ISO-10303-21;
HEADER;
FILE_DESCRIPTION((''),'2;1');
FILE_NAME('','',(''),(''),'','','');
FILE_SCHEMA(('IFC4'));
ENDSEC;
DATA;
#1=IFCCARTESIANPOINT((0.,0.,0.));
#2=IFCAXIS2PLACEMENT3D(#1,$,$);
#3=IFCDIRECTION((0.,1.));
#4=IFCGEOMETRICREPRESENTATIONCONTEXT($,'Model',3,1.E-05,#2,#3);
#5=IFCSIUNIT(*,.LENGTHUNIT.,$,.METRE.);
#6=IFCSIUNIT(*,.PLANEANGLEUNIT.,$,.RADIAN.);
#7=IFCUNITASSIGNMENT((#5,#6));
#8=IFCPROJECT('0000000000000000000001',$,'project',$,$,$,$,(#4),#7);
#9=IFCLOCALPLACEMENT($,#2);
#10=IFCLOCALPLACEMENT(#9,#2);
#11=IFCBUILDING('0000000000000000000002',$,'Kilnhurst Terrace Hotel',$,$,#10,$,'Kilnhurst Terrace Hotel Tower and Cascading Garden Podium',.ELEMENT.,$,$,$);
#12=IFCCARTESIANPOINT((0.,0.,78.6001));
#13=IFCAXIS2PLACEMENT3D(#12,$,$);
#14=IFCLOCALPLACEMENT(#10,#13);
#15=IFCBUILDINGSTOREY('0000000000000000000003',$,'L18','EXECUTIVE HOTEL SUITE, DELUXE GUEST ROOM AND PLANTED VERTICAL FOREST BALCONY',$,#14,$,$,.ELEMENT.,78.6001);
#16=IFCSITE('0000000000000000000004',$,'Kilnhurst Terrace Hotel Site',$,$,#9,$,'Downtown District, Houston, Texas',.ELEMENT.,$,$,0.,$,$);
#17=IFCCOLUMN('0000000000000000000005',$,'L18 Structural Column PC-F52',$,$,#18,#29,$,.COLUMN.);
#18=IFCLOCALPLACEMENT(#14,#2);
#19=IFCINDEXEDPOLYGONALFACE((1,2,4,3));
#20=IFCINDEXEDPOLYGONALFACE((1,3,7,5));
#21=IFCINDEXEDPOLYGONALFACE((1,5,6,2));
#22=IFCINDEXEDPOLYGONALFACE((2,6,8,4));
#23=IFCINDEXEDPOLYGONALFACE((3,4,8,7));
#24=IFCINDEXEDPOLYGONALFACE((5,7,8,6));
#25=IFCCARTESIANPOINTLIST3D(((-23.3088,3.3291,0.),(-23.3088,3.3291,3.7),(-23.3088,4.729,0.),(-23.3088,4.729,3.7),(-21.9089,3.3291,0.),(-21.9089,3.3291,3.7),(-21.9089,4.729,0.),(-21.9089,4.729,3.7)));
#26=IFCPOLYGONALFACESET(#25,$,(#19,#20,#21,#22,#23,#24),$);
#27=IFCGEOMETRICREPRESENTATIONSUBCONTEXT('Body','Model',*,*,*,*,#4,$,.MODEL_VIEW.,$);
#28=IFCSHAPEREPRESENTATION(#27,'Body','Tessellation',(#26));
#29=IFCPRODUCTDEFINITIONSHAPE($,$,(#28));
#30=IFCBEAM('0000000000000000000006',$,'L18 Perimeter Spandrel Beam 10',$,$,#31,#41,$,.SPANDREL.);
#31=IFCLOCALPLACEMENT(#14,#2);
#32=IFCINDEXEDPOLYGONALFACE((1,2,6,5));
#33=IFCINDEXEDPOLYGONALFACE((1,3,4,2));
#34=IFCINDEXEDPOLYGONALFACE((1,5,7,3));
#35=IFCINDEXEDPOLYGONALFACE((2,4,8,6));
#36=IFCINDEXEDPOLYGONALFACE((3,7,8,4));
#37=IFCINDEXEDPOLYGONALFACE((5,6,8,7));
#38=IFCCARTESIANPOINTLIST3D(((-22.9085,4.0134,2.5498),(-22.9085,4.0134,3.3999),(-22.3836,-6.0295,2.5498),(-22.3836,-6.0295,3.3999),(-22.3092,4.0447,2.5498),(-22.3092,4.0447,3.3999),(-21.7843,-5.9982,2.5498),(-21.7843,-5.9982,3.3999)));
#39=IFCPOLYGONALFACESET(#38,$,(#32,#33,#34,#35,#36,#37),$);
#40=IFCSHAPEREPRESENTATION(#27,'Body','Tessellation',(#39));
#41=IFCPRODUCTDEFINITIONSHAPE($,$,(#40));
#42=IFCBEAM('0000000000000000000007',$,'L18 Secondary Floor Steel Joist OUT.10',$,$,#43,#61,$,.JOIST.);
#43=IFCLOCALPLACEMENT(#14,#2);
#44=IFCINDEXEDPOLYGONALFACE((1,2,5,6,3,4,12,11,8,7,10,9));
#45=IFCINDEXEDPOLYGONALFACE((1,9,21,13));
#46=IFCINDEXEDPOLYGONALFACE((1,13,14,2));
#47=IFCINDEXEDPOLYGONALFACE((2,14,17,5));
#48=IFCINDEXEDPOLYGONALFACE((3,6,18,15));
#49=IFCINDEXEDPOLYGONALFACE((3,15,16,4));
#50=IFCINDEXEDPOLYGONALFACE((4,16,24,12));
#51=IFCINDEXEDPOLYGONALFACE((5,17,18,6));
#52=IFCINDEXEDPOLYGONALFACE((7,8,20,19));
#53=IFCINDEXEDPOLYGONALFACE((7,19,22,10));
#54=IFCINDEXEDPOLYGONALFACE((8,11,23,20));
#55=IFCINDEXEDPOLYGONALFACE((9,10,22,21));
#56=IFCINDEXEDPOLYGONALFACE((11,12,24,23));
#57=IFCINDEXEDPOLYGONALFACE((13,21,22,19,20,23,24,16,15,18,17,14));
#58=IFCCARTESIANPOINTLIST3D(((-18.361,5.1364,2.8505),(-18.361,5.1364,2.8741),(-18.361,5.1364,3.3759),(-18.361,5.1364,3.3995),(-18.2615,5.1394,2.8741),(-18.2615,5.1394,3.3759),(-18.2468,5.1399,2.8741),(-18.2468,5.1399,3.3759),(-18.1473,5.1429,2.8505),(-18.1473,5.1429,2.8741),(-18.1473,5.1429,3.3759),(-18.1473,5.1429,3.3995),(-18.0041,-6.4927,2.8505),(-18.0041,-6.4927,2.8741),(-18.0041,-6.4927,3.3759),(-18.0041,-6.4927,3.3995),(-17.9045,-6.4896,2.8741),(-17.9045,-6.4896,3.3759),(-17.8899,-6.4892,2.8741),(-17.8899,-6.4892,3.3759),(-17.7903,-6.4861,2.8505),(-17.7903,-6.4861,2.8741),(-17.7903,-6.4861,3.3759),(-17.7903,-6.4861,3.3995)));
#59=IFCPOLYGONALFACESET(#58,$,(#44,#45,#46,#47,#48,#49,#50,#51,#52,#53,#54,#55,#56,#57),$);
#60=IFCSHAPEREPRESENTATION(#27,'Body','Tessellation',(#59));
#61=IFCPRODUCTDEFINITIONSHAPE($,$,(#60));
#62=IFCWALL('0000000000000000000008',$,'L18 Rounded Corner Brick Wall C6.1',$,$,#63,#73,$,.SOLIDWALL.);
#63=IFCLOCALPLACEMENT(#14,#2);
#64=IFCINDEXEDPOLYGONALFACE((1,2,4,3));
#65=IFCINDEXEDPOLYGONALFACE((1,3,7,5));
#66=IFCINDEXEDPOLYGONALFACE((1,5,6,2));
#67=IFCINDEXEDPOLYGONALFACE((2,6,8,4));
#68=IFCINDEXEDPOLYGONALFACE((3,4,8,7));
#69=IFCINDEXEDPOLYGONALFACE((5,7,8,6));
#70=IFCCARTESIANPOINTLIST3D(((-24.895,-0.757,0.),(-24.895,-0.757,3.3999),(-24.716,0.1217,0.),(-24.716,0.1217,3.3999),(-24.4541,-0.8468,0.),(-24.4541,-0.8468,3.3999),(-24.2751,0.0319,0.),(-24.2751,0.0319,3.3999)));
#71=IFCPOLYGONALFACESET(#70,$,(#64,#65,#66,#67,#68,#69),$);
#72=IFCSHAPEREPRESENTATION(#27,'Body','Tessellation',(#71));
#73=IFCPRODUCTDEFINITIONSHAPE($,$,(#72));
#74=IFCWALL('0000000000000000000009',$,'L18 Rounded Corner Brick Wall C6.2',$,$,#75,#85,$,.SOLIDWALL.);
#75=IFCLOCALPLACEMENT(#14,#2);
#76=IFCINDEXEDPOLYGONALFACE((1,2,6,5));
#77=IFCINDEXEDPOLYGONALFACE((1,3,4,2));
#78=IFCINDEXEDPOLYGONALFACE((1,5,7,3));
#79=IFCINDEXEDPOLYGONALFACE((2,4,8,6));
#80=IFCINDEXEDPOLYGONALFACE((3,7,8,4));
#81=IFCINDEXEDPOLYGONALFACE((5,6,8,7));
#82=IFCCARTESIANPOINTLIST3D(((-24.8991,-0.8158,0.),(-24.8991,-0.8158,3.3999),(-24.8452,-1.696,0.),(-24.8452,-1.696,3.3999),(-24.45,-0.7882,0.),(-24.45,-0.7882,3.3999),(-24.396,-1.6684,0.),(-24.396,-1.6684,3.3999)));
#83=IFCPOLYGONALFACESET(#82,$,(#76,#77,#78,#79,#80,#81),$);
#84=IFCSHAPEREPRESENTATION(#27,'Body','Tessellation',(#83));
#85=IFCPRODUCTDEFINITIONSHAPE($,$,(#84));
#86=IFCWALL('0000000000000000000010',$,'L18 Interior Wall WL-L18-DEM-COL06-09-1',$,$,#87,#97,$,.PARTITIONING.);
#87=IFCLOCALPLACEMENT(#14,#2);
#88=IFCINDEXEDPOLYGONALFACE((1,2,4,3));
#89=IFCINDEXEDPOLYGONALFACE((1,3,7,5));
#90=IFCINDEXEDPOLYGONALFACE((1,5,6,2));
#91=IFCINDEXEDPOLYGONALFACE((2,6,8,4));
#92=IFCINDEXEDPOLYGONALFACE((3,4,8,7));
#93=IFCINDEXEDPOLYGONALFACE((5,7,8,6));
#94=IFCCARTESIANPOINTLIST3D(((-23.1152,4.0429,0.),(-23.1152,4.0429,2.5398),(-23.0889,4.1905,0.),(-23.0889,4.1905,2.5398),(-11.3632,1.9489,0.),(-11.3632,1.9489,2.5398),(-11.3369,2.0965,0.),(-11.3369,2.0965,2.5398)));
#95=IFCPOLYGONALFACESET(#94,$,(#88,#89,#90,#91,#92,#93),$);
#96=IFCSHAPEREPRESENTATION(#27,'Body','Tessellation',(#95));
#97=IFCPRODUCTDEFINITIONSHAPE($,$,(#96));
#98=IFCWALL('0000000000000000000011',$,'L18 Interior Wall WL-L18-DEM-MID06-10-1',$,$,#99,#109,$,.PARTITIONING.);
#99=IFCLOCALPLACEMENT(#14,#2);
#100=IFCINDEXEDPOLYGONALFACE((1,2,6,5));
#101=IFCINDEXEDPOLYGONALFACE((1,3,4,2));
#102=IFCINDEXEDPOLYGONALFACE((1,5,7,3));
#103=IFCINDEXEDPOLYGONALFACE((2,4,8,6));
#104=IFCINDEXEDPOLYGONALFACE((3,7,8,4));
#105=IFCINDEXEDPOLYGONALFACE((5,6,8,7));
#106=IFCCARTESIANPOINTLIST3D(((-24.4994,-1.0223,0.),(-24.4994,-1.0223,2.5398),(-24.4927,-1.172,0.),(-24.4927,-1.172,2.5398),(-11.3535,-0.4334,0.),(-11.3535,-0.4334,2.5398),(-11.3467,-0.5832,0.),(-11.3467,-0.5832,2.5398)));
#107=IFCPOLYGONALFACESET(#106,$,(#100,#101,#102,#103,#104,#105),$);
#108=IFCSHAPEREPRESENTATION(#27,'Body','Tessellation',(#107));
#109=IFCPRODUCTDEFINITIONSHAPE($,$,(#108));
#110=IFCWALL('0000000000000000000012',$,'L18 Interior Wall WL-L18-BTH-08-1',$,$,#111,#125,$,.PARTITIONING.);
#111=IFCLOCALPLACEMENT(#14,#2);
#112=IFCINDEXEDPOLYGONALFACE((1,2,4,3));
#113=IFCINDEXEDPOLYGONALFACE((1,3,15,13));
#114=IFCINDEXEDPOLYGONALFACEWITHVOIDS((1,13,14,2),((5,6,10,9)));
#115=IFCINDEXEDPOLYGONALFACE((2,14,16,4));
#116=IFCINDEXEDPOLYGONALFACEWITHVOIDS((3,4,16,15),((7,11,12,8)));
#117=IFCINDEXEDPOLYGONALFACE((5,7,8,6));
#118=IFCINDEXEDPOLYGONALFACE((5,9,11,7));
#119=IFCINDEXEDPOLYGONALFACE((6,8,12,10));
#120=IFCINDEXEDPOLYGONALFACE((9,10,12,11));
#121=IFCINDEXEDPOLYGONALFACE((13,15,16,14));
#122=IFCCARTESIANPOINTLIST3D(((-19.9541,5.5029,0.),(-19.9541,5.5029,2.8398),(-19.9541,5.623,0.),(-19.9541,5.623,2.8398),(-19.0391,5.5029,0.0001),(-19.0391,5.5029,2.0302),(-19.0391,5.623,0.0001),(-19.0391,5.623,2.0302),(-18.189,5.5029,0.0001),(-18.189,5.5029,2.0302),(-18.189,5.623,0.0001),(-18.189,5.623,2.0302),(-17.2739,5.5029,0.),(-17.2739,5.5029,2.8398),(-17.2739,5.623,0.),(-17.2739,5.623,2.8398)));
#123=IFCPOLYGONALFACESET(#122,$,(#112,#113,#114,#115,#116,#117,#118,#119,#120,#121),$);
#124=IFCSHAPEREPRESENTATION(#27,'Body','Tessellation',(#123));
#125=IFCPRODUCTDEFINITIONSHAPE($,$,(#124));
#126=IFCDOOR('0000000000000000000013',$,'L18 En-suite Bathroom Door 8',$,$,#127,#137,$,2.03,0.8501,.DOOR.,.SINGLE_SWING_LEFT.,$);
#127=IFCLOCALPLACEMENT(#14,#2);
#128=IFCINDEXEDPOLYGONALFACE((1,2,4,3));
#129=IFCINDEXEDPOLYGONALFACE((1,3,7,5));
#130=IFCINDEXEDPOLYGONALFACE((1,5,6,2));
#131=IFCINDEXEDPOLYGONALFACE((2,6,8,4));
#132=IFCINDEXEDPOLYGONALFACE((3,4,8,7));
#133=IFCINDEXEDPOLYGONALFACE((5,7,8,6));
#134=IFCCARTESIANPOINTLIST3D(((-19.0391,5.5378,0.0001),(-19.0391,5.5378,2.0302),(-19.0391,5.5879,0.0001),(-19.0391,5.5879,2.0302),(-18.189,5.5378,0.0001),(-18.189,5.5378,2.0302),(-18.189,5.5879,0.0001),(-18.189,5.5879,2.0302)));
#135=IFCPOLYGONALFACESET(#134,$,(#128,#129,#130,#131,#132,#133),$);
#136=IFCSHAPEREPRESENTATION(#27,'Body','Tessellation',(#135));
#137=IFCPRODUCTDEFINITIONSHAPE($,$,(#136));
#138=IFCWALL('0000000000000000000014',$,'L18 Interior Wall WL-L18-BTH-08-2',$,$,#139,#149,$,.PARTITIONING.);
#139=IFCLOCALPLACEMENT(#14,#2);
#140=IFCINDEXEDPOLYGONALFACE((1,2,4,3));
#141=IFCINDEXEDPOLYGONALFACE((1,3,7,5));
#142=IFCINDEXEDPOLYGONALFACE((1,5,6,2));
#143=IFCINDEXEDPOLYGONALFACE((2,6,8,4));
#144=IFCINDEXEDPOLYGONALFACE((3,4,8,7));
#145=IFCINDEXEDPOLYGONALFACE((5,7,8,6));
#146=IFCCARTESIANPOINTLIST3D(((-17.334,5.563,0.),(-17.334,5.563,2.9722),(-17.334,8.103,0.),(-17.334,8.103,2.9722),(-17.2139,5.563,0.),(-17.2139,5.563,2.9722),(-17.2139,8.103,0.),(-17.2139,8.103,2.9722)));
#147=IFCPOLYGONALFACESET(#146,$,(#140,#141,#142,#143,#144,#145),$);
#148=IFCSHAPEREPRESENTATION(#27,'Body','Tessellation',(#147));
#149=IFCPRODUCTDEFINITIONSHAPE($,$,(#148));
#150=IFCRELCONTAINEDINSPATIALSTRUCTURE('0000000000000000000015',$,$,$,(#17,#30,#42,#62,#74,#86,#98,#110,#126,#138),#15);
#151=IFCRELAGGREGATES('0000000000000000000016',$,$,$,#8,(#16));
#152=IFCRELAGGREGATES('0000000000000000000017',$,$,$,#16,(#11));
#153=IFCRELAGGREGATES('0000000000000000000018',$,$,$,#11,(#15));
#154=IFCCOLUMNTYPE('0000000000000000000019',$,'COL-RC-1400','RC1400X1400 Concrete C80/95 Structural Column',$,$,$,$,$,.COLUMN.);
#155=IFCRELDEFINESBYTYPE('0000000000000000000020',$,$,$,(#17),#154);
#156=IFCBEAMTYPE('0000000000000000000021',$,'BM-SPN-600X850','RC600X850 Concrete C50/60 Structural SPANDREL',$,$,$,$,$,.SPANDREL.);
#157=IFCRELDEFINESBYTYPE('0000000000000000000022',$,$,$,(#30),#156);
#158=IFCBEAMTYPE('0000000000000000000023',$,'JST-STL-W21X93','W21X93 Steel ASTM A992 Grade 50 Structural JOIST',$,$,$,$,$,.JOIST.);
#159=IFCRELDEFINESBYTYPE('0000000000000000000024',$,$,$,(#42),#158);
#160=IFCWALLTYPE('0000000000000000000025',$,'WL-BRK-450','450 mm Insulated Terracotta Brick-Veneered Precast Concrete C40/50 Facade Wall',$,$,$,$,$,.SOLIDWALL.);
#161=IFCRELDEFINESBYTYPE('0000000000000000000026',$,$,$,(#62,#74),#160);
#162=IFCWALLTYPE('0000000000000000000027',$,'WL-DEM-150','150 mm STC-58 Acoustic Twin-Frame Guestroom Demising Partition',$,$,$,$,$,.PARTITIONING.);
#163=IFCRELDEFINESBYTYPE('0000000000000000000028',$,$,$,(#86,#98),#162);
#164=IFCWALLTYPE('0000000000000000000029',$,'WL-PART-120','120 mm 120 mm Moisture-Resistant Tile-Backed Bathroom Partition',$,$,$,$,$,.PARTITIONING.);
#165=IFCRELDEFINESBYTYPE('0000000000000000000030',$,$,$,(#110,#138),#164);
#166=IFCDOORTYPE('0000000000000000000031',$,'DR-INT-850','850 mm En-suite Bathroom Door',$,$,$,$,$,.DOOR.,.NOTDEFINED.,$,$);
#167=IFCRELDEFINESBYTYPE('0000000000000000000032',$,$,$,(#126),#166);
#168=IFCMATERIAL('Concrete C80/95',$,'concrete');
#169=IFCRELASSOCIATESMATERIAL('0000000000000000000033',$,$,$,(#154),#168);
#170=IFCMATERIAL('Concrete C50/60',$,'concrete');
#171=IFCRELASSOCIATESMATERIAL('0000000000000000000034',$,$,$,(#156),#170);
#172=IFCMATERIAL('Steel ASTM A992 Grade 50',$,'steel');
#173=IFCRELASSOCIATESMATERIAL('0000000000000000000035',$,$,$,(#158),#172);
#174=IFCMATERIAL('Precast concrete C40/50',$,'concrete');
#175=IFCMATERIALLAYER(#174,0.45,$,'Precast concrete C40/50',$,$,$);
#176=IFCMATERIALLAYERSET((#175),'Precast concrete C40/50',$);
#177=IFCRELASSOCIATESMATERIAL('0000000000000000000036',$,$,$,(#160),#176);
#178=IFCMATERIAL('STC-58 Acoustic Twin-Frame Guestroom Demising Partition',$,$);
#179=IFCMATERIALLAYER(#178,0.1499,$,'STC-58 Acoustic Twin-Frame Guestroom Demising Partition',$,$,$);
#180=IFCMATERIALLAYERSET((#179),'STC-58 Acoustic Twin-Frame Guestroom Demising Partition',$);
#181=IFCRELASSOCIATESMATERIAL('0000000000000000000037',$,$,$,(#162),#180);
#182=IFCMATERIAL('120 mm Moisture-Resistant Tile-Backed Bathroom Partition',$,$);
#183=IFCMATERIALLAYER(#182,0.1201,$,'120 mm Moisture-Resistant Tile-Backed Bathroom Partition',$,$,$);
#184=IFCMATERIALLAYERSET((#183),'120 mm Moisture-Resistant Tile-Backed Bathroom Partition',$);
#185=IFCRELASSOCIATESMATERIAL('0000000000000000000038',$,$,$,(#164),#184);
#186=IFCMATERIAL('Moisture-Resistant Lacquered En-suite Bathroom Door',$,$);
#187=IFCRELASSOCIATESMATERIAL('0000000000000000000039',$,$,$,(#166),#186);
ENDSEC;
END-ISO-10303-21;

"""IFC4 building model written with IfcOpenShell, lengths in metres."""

from ifc_helpers import new_model, si_unit, direction, frame, frame_2d, origin, origin_2d, place, context, subcontext, project, spatial, rectangle, i_section, extrude, material, layer, layer_set, material_profile, profile_set, type_object, element, fill, save


model = new_model("IFC4")

# Units and contexts
model_context = context("Model", 3, precision=1e-05, world=origin(), true_north=direction((0.0, 1.0)))
body_context = subcontext(model_context, "Body", "Model", "MODEL_VIEW")
ifc_project = project(units=[si_unit("LENGTHUNIT", "METRE"), si_unit("PLANEANGLEUNIT", "RADIAN")], contexts=[model_context])

# Site, building, storey
site_placement = place(None, origin())
site = spatial("IfcSite", under=ifc_project, at=site_placement, Name="Kilnhurst Terrace Hotel Site", LongName="Downtown District, Houston, Texas", CompositionType="ELEMENT", RefElevation=0.0)
building_placement = place(site_placement, origin())
building = spatial("IfcBuilding", under=site, at=building_placement, Name="Kilnhurst Terrace Hotel", LongName="Kilnhurst Terrace Hotel Tower and Cascading Garden Podium", CompositionType="ELEMENT")
storey_placement = place(building_placement, frame((0.0, 0.0, 78.6001)))
storey = spatial("IfcBuildingStorey", under=building, at=storey_placement, Name="L18", Description="EXECUTIVE HOTEL SUITE, DELUXE GUEST ROOM AND PLANTED VERTICAL FOREST BALCONY", CompositionType="ELEMENT", Elevation=78.6001)

# Column
ifc_material_1 = material(Name="Concrete C80/95", Category="concrete")
ifc_material_profile_1 = material_profile(ifc_material_1, rectangle(XDim=1.3999, YDim=1.3999, at=origin_2d()), Name="RC1400X1400")
ifc_profile_set_1 = profile_set([ifc_material_profile_1], Name="Concrete C80/95")
column_type = type_object("IfcColumnType", Name="COL-RC-1400", Description="RC1400X1400 Concrete C80/95 Structural Column", PredefinedType="COLUMN", material=ifc_profile_set_1)
column_placement = place(storey_placement, frame((-22.6089, 4.0291, 0.0), z_axis=(0.0, 0.0, 1.0), x_axis=(1.0, 0.0, 0.0)))
element("IfcColumn", 1, at=column_placement, inside=storey, type_object=column_type, Name="L18 Structural Column PC-F52", PredefinedType="COLUMN", context=body_context, shape_type="SweptSolid", body=[
    extrude(rectangle(XDim=1.3999, YDim=1.3999, at=origin_2d()), origin(), (0.0, 0.0, 1.0), 3.7),
])

# Beams
ifc_material_2 = material(Name="Concrete C50/60", Category="concrete")
ifc_material_profile_2 = material_profile(ifc_material_2, rectangle(XDim=0.6001, YDim=0.8501, at=origin_2d()), Name="RC600X850")
ifc_profile_set_2 = profile_set([ifc_material_profile_2], Name="Concrete C50/60")
beam_type_1 = type_object("IfcBeamType", Name="BM-SPN-600X850", Description="RC600X850 Concrete C50/60 Structural SPANDREL", PredefinedType="SPANDREL", material=ifc_profile_set_2)
beam_1_placement = place(storey_placement, frame((-22.6089, 4.0291, 2.9749), z_axis=(0.052194, -0.998637, 0.0), x_axis=(0.998637, 0.052194, 0.0)))
element("IfcBeam", 2, at=beam_1_placement, inside=storey, type_object=beam_type_1, Name="L18 Perimeter Spandrel Beam 10", PredefinedType="SPANDREL", context=body_context, shape_type="SweptSolid", body=[
    extrude(rectangle(XDim=0.6001, YDim=0.8501, at=origin_2d()), origin(), (0.0, 0.0, 1.0), 10.0566),
])
ifc_material_3 = material(Name="Steel ASTM A992 Grade 50", Category="steel")
ifc_material_profile_3 = material_profile(ifc_material_3, i_section(OverallWidth=0.2139, OverallDepth=0.5491, WebThickness=0.0146, FlangeThickness=0.0237, at=origin_2d()), Name="W21X93")
ifc_profile_set_3 = profile_set([ifc_material_profile_3], Name="Steel ASTM A992 Grade 50")
beam_type_2 = type_object("IfcBeamType", Name="JST-STL-W21X93", Description="W21X93 Steel ASTM A992 Grade 50 Structural JOIST", PredefinedType="JOIST", material=ifc_profile_set_3)
beam_2_placement = place(storey_placement, frame((-18.2542, 5.1396, 3.125), z_axis=(0.030679, -0.999529, 0.0), x_axis=(0.999529, 0.030679, 0.0)))
element("IfcBeam", 3, at=beam_2_placement, inside=storey, type_object=beam_type_2, Name="L18 Secondary Floor Steel Joist OUT.10", PredefinedType="JOIST", context=body_context, shape_type="SweptSolid", body=[
    extrude(i_section(OverallWidth=0.2139, OverallDepth=0.5491, WebThickness=0.0146, FlangeThickness=0.0237, at=origin_2d()), origin(), (0.0, 0.0, 1.0), 11.6345),
])

# Walls
ifc_material_4 = material(Name="Precast concrete C40/50", Category="concrete")
ifc_layer_1 = layer(ifc_material_4, 0.45, Name="Precast concrete C40/50")
ifc_layer_set_1 = layer_set([ifc_layer_1], Name="Precast concrete C40/50")
wall_type_1 = type_object("IfcWallType", Name="WL-BRK-450", Description="450 mm Insulated Terracotta Brick-Veneered Precast Concrete C40/50 Facade Wall", PredefinedType="SOLIDWALL", material=ifc_layer_set_1)
wall_1_placement = place(storey_placement, frame((-24.4956, 0.0767, 0.0), z_axis=(0.0, 0.0, 1.0), x_axis=(-0.199571, -0.979883, 0.0)))
element("IfcWall", 4, at=wall_1_placement, inside=storey, type_object=wall_type_1, Name="L18 Rounded Corner Brick Wall C6.1", PredefinedType="SOLIDWALL", context=body_context, shape_type="SweptSolid", body=[
    extrude(rectangle(XDim=0.8967, YDim=0.45, at=frame_2d((0.4482, 0.0))), origin(), (0.0, 0.0, 1.0), 3.3999),
])
wall_2_placement = place(storey_placement, frame((-24.6746, -0.802, 0.0), z_axis=(0.0, 0.0, 1.0), x_axis=(0.061189, -0.998126, 0.0)))
element("IfcWall", 5, at=wall_2_placement, inside=storey, type_object=wall_type_1, Name="L18 Rounded Corner Brick Wall C6.2", PredefinedType="SOLIDWALL", context=body_context, shape_type="SweptSolid", body=[
    extrude(rectangle(XDim=0.8818, YDim=0.45, at=frame_2d((0.4409, 0.0))), origin(), (0.0, 0.0, 1.0), 3.3999),
])
ifc_material_5 = material(Name="STC-58 Acoustic Twin-Frame Guestroom Demising Partition")
ifc_layer_2 = layer(ifc_material_5, 0.1499, Name="STC-58 Acoustic Twin-Frame Guestroom Demising Partition")
ifc_layer_set_2 = layer_set([ifc_layer_2], Name="STC-58 Acoustic Twin-Frame Guestroom Demising Partition")
wall_type_2 = type_object("IfcWallType", Name="WL-DEM-150", Description="150 mm STC-58 Acoustic Twin-Frame Guestroom Demising Partition", PredefinedType="PARTITIONING", material=ifc_layer_set_2)
wall_3_placement = place(storey_placement, frame((-11.3501, 2.0227, 0.0), z_axis=(0.0, 0.0, 1.0), x_axis=(-0.984494, 0.17542, 0.0)))
element("IfcWall", 6, at=wall_3_placement, inside=storey, type_object=wall_type_2, Name="L18 Interior Wall WL-L18-DEM-COL06-09-1", PredefinedType="PARTITIONING", context=body_context, shape_type="SweptSolid", body=[
    extrude(rectangle(XDim=11.937, YDim=0.1499, at=frame_2d((5.9685, 0.0))), origin(), (0.0, 0.0, 1.0), 2.5398),
])
wall_4_placement = place(storey_placement, frame((-11.3501, -0.5083, 0.0), z_axis=(0.0, 0.0, 1.0), x_axis=(-0.998998, -0.04475, 0.0)))
element("IfcWall", 7, at=wall_4_placement, inside=storey, type_object=wall_type_2, Name="L18 Interior Wall WL-L18-DEM-MID06-10-1", PredefinedType="PARTITIONING", context=body_context, shape_type="SweptSolid", body=[
    extrude(rectangle(XDim=13.1592, YDim=0.1499, at=frame_2d((6.5796, 0.0))), origin(), (0.0, 0.0, 1.0), 2.5398),
])

# Wall, opening, door
ifc_material_6 = material(Name="120 mm Moisture-Resistant Tile-Backed Bathroom Partition")
ifc_layer_3 = layer(ifc_material_6, 0.1201, Name="120 mm Moisture-Resistant Tile-Backed Bathroom Partition")
ifc_layer_set_3 = layer_set([ifc_layer_3], Name="120 mm Moisture-Resistant Tile-Backed Bathroom Partition")
wall_type_3 = type_object("IfcWallType", Name="WL-PART-120", Description="120 mm 120 mm Moisture-Resistant Tile-Backed Bathroom Partition", PredefinedType="PARTITIONING", material=ifc_layer_set_3)
wall_5_placement = place(storey_placement, frame((-19.9541, 5.563, 0.0), z_axis=(0.0, 0.0, 1.0), x_axis=(1.0, 0.0, 0.0)))
wall_5 = element("IfcWall", 8, at=wall_5_placement, inside=storey, type_object=wall_type_3, Name="L18 Interior Wall WL-L18-BTH-08-1", PredefinedType="PARTITIONING", context=body_context, shape_type="SweptSolid", body=[
    extrude(rectangle(XDim=2.6802, YDim=0.1201, at=frame_2d((1.3401, 0.0))), origin(), (0.0, 0.0, 1.0), 2.8398),
])
opening_1_placement = place(wall_5_placement, frame((0.915, 0.0, 0.0)))
opening_1 = element("IfcOpeningElement", 9, at=opening_1_placement, cuts=wall_5, PredefinedType="OPENING", context=body_context, shape_type="SweptSolid", body=[
    extrude(rectangle(XDim=0.8501, YDim=2.03, at=frame_2d((0.425, 1.0151))), frame((0.0, 0.0701, 0.0), z_axis=(0.0, -1.0, 0.0), x_axis=(1.0, 0.0, 0.0)), (0.0, 0.0, 1.0), 0.1401),
])
ifc_material_7 = material(Name="Moisture-Resistant Lacquered En-suite Bathroom Door")
door_type = type_object("IfcDoorType", Name="DR-INT-850", Description="850 mm En-suite Bathroom Door", OperationType="NOTDEFINED", PredefinedType="DOOR", material=ifc_material_7)
door_1_placement = place(opening_1_placement, origin())
door_1 = element("IfcDoor", 10, at=door_1_placement, inside=storey, type_object=door_type, Name="L18 En-suite Bathroom Door 8", OperationType="SINGLE_SWING_LEFT", OverallHeight=2.03, OverallWidth=0.8501, PredefinedType="DOOR", context=body_context, shape_type="SweptSolid", body=[
    extrude(rectangle(XDim=0.8501, YDim=2.03, at=frame_2d((0.425, 1.0151))), frame((0.0, 0.0249, 0.0), z_axis=(0.0, -1.0, 0.0), x_axis=(1.0, 0.0, 0.0)), (0.0, 0.0, 1.0), 0.05),
])
fill(opening_1, door_1)

# Wall
wall_6_placement = place(storey_placement, frame((-17.2739, 5.563, 0.0), z_axis=(0.0, 0.0, 1.0), x_axis=(0.0, 1.0, 0.0)))
element("IfcWall", 11, at=wall_6_placement, inside=storey, type_object=wall_type_3, Name="L18 Interior Wall WL-L18-BTH-08-2", PredefinedType="PARTITIONING", context=body_context, shape_type="SweptSolid", body=[
    extrude(rectangle(XDim=2.54, YDim=0.1201, at=frame_2d((1.27, 0.0))), origin(), (0.0, 0.0, 1.0), 2.9722),
])

save(model, "model.ifc")
